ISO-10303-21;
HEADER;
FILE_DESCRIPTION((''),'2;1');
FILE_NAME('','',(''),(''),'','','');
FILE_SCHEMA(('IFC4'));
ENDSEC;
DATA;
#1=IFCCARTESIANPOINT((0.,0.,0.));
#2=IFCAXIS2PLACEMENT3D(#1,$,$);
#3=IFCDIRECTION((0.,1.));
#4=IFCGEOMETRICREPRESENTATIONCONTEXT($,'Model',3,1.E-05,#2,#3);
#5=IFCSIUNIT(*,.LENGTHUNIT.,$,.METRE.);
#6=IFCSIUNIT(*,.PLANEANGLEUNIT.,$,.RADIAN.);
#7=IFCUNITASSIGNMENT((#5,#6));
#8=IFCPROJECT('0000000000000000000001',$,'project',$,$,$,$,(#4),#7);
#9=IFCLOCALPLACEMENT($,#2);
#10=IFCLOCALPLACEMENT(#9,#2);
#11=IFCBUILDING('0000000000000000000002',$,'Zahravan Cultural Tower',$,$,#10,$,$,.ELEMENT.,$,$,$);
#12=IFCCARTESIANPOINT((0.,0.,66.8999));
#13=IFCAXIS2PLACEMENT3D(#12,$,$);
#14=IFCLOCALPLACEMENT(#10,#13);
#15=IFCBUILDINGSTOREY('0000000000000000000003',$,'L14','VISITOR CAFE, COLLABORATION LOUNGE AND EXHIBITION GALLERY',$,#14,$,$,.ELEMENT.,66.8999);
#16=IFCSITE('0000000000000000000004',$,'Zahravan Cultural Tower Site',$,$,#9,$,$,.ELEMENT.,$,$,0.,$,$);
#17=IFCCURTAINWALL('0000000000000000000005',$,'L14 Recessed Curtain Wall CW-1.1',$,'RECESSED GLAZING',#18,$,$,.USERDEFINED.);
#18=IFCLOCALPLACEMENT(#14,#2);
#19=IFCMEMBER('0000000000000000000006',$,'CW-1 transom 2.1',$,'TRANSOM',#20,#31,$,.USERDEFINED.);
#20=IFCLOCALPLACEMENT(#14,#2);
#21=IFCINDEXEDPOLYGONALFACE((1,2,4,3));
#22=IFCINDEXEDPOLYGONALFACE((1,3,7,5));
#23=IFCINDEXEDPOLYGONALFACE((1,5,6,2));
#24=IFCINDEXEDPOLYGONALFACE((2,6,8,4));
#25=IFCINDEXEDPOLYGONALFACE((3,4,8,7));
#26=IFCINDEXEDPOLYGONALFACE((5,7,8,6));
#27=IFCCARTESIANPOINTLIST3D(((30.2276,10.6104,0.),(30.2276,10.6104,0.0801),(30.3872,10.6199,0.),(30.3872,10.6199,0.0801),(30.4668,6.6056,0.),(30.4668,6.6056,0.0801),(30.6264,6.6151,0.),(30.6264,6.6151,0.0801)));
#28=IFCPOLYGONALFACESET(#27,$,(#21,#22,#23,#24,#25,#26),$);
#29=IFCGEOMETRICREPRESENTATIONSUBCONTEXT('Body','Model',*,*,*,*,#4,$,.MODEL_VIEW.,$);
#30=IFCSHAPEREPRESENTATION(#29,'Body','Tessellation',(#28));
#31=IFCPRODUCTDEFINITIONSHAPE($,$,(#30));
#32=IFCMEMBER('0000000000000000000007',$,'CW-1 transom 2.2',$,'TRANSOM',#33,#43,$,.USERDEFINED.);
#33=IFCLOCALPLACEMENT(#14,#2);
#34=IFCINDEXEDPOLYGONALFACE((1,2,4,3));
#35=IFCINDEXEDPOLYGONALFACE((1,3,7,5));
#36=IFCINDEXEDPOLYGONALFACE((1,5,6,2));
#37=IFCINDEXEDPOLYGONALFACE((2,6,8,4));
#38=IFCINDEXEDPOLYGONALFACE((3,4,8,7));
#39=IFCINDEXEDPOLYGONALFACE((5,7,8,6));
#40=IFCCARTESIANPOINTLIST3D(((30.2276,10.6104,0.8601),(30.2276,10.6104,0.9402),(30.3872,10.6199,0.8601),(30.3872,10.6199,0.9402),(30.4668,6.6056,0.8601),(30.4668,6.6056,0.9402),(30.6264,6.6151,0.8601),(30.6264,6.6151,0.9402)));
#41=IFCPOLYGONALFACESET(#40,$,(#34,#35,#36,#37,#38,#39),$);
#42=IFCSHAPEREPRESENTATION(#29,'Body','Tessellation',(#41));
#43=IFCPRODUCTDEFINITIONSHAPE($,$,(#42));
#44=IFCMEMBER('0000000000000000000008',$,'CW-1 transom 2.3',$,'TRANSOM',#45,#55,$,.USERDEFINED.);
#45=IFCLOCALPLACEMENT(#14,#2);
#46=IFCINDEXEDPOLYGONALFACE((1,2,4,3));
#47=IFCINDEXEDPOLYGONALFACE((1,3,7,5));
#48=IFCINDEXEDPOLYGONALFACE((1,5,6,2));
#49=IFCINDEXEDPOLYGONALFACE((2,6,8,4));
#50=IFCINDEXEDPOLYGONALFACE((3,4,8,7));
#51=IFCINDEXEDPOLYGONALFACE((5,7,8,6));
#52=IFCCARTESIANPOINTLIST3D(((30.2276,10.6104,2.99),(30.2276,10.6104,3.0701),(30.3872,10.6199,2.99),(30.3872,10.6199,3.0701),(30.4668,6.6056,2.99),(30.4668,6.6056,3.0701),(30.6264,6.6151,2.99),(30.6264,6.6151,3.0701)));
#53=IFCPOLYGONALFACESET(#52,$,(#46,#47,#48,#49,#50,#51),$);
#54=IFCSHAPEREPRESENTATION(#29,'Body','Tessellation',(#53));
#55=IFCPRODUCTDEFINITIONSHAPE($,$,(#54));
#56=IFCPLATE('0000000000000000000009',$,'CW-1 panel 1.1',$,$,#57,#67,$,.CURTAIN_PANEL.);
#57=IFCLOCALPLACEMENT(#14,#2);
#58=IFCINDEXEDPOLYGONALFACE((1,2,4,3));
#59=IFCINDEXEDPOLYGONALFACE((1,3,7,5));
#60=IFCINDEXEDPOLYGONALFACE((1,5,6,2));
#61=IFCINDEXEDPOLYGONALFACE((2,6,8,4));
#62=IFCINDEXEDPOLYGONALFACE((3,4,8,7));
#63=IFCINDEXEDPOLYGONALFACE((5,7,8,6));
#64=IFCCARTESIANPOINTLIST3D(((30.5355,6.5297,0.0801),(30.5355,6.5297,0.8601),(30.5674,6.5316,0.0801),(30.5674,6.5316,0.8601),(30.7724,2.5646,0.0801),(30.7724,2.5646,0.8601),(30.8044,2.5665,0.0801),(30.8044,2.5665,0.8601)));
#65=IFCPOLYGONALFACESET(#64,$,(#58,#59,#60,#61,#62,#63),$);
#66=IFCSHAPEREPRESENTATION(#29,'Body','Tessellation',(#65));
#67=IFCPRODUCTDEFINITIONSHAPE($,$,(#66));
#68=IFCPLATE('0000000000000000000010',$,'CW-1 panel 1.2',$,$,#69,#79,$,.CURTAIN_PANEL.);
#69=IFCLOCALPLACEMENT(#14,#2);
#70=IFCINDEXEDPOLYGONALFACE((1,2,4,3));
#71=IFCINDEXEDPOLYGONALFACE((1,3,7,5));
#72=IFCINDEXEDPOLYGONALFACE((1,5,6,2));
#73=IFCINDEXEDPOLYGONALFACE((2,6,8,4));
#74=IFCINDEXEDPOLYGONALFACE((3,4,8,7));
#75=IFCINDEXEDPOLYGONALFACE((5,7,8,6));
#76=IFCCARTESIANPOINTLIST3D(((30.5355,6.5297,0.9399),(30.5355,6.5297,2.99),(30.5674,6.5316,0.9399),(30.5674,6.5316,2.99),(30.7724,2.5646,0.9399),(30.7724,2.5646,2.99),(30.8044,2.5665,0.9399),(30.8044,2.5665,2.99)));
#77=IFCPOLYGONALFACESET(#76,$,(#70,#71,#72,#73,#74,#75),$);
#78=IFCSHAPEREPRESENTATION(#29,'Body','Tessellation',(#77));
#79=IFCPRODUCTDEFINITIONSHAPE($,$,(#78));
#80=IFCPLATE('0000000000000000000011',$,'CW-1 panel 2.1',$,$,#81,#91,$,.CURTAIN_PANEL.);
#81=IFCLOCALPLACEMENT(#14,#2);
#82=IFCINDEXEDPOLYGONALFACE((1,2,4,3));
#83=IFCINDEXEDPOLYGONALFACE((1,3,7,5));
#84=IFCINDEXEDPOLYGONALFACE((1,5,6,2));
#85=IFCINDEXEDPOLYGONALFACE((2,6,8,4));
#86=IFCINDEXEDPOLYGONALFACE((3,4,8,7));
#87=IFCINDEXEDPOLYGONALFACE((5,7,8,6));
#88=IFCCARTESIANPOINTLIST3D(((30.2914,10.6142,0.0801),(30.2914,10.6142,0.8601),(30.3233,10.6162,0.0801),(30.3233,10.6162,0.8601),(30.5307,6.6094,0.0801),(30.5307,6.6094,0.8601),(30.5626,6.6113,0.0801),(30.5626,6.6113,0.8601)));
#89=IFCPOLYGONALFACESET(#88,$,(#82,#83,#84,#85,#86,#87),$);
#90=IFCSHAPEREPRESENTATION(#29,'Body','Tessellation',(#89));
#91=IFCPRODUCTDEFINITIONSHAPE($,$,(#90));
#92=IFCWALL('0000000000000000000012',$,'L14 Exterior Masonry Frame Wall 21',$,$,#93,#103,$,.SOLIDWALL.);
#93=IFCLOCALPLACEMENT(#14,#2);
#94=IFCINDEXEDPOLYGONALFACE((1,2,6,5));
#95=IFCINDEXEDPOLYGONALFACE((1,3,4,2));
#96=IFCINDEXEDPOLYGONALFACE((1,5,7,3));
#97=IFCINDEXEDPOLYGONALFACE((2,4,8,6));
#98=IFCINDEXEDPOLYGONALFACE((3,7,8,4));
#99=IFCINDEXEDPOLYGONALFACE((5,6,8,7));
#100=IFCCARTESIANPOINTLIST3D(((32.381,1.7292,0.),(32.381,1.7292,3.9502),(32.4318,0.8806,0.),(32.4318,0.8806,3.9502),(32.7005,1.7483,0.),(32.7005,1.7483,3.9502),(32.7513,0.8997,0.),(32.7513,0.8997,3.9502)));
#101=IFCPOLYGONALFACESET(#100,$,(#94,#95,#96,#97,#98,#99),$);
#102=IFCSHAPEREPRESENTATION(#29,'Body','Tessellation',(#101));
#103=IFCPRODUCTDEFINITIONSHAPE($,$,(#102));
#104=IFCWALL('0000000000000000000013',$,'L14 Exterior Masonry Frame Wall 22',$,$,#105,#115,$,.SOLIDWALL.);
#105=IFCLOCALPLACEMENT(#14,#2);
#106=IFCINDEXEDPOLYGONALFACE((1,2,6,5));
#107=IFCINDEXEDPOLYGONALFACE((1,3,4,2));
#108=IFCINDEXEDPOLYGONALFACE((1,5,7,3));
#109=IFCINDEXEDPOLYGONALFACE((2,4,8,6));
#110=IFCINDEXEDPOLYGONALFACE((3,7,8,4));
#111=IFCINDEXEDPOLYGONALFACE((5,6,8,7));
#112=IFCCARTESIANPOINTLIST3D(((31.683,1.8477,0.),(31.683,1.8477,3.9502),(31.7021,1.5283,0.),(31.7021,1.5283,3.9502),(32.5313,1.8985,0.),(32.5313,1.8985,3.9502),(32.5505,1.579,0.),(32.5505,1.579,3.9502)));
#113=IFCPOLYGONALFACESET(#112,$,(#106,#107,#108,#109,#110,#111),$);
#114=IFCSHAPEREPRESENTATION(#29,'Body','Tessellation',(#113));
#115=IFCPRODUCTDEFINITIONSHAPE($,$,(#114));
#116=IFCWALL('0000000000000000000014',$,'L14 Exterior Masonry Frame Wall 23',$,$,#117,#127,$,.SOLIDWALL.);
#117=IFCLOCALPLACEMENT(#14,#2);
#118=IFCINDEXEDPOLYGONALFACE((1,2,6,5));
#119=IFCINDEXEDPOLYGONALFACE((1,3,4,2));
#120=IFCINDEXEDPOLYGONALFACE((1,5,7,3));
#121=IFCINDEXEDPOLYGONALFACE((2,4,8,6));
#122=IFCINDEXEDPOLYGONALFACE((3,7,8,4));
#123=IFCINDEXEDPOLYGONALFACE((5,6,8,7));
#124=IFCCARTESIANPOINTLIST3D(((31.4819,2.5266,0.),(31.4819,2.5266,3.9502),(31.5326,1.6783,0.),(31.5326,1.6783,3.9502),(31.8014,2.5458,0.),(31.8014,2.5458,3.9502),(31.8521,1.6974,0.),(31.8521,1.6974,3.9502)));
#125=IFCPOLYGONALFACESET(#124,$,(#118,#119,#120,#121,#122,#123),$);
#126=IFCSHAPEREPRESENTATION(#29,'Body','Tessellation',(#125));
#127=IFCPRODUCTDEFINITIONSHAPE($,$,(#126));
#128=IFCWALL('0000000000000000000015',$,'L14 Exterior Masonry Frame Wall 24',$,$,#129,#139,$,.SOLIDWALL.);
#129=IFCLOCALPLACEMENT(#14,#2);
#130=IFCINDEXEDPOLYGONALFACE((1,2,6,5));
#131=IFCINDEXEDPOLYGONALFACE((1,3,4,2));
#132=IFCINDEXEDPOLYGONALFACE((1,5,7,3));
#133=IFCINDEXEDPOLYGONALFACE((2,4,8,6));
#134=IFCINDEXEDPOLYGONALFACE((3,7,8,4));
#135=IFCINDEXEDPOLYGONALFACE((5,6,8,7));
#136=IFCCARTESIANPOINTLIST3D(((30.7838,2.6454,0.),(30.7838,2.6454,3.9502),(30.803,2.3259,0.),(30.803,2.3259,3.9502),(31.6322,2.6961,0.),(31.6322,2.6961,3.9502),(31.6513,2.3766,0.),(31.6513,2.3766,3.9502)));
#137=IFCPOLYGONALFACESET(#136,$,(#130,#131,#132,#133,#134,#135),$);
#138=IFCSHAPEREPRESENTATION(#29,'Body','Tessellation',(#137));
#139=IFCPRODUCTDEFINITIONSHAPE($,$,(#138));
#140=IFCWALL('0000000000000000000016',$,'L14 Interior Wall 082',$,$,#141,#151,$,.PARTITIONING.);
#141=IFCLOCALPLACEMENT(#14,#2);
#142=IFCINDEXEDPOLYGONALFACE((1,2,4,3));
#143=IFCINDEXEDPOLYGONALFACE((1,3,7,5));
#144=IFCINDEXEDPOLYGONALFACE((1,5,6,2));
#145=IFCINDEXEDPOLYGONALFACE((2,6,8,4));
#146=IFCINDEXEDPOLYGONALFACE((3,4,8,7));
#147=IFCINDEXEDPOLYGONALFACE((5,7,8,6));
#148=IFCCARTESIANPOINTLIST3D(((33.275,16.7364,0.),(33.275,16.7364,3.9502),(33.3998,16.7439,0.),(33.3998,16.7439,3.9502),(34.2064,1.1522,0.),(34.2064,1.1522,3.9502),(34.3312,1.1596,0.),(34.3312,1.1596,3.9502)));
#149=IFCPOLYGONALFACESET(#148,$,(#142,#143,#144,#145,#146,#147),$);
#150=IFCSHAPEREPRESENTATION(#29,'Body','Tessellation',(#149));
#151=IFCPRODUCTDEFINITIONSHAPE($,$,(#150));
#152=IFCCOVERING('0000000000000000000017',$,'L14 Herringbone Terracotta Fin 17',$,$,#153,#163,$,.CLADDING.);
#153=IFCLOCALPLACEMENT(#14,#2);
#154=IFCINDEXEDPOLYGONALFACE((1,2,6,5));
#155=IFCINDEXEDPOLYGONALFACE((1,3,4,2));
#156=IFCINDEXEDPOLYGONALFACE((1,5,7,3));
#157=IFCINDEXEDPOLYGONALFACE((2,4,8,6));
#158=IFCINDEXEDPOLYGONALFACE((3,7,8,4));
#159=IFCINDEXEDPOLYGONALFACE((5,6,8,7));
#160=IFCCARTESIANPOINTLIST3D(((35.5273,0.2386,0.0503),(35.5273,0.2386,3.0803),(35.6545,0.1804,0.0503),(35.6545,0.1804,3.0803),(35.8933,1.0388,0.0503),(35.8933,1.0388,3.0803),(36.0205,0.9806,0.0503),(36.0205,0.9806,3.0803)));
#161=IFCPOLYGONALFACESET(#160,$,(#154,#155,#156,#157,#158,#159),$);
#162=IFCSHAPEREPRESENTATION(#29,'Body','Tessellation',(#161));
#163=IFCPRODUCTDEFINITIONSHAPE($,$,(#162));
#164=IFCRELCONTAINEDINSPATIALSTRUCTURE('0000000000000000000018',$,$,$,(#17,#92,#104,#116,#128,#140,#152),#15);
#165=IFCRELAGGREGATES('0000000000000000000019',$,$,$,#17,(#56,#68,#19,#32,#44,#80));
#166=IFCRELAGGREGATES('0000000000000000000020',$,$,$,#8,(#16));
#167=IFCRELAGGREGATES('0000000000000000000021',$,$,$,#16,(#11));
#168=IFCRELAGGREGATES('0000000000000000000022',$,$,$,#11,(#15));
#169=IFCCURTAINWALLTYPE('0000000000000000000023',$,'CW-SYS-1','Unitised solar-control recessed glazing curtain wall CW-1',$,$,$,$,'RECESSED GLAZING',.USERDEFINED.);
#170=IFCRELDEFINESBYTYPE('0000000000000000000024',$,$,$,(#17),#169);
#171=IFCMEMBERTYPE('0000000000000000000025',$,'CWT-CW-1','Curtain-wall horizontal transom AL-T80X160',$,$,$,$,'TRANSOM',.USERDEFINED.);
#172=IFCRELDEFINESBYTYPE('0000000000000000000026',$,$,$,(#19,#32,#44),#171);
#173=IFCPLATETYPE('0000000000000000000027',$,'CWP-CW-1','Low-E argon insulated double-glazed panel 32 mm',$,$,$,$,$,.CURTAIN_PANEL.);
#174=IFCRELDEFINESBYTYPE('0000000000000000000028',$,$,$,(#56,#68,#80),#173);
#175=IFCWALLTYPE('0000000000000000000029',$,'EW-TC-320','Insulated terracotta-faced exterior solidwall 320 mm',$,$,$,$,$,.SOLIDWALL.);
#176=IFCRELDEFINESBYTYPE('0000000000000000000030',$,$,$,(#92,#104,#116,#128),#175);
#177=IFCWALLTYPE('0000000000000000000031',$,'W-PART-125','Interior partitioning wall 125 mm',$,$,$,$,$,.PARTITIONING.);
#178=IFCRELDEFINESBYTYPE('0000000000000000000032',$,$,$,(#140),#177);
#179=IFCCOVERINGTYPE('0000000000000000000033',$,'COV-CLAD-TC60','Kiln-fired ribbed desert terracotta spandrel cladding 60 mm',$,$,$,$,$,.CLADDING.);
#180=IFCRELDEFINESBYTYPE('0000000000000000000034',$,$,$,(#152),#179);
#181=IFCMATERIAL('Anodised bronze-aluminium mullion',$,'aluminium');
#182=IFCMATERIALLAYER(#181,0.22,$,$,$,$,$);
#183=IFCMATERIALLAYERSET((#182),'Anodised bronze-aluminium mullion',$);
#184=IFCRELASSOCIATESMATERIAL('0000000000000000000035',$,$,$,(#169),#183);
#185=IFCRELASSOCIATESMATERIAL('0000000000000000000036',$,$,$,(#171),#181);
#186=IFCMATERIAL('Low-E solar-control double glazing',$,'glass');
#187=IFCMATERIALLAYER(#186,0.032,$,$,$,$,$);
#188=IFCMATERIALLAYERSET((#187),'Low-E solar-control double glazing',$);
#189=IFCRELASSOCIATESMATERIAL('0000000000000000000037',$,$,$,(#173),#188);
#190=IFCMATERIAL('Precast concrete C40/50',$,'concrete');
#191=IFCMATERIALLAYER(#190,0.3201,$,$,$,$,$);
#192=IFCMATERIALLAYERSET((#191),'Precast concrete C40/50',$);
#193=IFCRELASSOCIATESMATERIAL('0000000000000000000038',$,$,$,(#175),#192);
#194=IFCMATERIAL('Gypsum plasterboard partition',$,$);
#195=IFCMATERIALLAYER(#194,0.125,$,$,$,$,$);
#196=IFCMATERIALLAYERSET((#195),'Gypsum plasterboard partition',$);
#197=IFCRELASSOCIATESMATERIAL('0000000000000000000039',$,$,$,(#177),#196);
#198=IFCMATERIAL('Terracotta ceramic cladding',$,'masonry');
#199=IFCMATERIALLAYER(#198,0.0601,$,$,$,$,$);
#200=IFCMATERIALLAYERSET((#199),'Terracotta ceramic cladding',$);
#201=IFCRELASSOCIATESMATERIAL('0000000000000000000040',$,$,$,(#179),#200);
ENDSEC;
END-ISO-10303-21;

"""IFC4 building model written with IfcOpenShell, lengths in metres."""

from ifc_helpers import new_model, si_unit, direction, frame, frame_2d, origin, origin_2d, place, context, subcontext, project, spatial, rectangle, extrude, source, transform, mapped, material, layer, layer_set, material_profile, profile_set, type_object, element, aggregate, save


model = new_model("IFC4")

# Units and contexts
model_context = context("Model", 3, precision=1e-05, world=origin(), true_north=direction((0.0, 1.0)))
body_context = subcontext(model_context, "Body", "Model", "MODEL_VIEW")
ifc_project = project(units=[si_unit("LENGTHUNIT", "METRE"), si_unit("PLANEANGLEUNIT", "RADIAN")], contexts=[model_context])

# Site, building, storey
site_placement = place(None, origin())
site = spatial("IfcSite", under=ifc_project, at=site_placement, Name="Zahravan Cultural Tower Site", CompositionType="ELEMENT", RefElevation=0.0)
building_placement = place(site_placement, origin())
building = spatial("IfcBuilding", under=site, at=building_placement, Name="Zahravan Cultural Tower", CompositionType="ELEMENT")
storey_placement = place(building_placement, frame((0.0, 0.0, 66.8999)))
storey = spatial("IfcBuildingStorey", under=building, at=storey_placement, Name="L14", Description="VISITOR CAFE, COLLABORATION LOUNGE AND EXHIBITION GALLERY", CompositionType="ELEMENT", Elevation=66.8999)

# Curtain wall, members, plates
ifc_material_1 = material(Name="Anodised bronze-aluminium mullion", Category="aluminium")
ifc_layer_1 = layer(ifc_material_1, 0.22)
ifc_layer_set_1 = layer_set([ifc_layer_1], Name="Anodised bronze-aluminium mullion")
curtain_wall_type = type_object("IfcCurtainWallType", Name="CW-SYS-1", Description="Unitised solar-control recessed glazing curtain wall CW-1", ElementType="RECESSED GLAZING", PredefinedType="USERDEFINED", material=ifc_layer_set_1)
curtain_wall_placement = place(storey_placement, origin())
curtain_wall = element("IfcCurtainWall", 1, at=curtain_wall_placement, inside=storey, type_object=curtain_wall_type, Name="L14 Recessed Curtain Wall CW-1.1", ObjectType="RECESSED GLAZING", PredefinedType="USERDEFINED")
ifc_material_profile_1 = material_profile(ifc_material_1, rectangle(XDim=0.1599, YDim=0.0801, at=origin_2d()), Name="AL-T80X160")
ifc_profile_set_1 = profile_set([ifc_material_profile_1], Name="Anodised bronze-aluminium mullion")
member_type_1 = type_object("IfcMemberType", Name="CWT-CW-1", Description="Curtain-wall horizontal transom AL-T80X160", ElementType="TRANSOM", PredefinedType="USERDEFINED", material=ifc_profile_set_1)
shared_shape_1 = source(origin(), body_context, "Body", "SweptSolid", [
    extrude(rectangle(XDim=0.1599, YDim=0.0801, at=origin_2d()), origin(), (0.0, 0.0, 1.0), 4.012),
])
member_1_placement = place(storey_placement, frame((30.5466, 6.6104, 0.04), z_axis=(-0.059635, 0.99822, 0.0), x_axis=(-0.99822, -0.059635, 0.0)))
member_1 = element("IfcMember", 2, at=member_1_placement, type_object=member_type_1, Name="CW-1 transom 2.1", ObjectType="TRANSOM", PredefinedType="USERDEFINED", context=body_context, shape_type="MappedRepresentation", body=[
    mapped(shared_shape_1, transform((0.0, 0.0, 0.0), x_axis=(1.0, 0.0, 0.0), y_axis=(0.0, 1.0, 0.0), z_axis=(0.0, 0.0, 1.0), scale=1.0)),
])
member_2_placement = place(storey_placement, frame((30.5466, 6.6104, 0.9001), z_axis=(-0.059635, 0.99822, 0.0), x_axis=(-0.99822, -0.059635, 0.0)))
member_2 = element("IfcMember", 3, at=member_2_placement, type_object=member_type_1, Name="CW-1 transom 2.2", ObjectType="TRANSOM", PredefinedType="USERDEFINED", context=body_context, shape_type="MappedRepresentation", body=[
    mapped(shared_shape_1, transform((0.0, 0.0, 0.0), x_axis=(1.0, 0.0, 0.0), y_axis=(0.0, 1.0, 0.0), z_axis=(0.0, 0.0, 1.0), scale=1.0)),
])
member_3_placement = place(storey_placement, frame((30.5466, 6.6104, 3.03), z_axis=(-0.059635, 0.99822, 0.0), x_axis=(-0.99822, -0.059635, 0.0)))
member_3 = element("IfcMember", 4, at=member_3_placement, type_object=member_type_1, Name="CW-1 transom 2.3", ObjectType="TRANSOM", PredefinedType="USERDEFINED", context=body_context, shape_type="MappedRepresentation", body=[
    mapped(shared_shape_1, transform((0.0, 0.0, 0.0), x_axis=(1.0, 0.0, 0.0), y_axis=(0.0, 1.0, 0.0), z_axis=(0.0, 0.0, 1.0), scale=1.0)),
])
ifc_material_2 = material(Name="Low-E solar-control double glazing", Category="glass")
ifc_layer_2 = layer(ifc_material_2, 0.032)
ifc_layer_set_2 = layer_set([ifc_layer_2], Name="Low-E solar-control double glazing")
plate_type = type_object("IfcPlateType", Name="CWP-CW-1", Description="Low-E argon insulated double-glazed panel 32 mm", PredefinedType="CURTAIN_PANEL", material=ifc_layer_set_2)
shared_shape_2 = source(origin(), body_context, "Body", "SweptSolid", [
    extrude(rectangle(XDim=3.9722, YDim=0.032, at=origin_2d()), origin(), (0.0, 0.0, 1.0), 0.78),
])
plate_1_placement = place(storey_placement, frame((30.6699, 4.5481, 0.0801), z_axis=(0.0, 0.0, 1.0), x_axis=(-0.059652, 0.998219, 0.0)))
plate_1 = element("IfcPlate", 5, at=plate_1_placement, type_object=plate_type, Name="CW-1 panel 1.1", PredefinedType="CURTAIN_PANEL", context=body_context, shape_type="MappedRepresentation", body=[
    mapped(shared_shape_2, transform((0.0, 0.0, 0.0), x_axis=(1.0, 0.0, 0.0), y_axis=(0.0, 1.0, 0.0), z_axis=(0.0, 0.0, 1.0), scale=1.0)),
])
shared_shape_3 = source(origin(), body_context, "Body", "SweptSolid", [
    extrude(rectangle(XDim=3.9722, YDim=0.032, at=origin_2d()), origin(), (0.0, 0.0, 1.0), 2.05),
])
plate_2_placement = place(storey_placement, frame((30.6699, 4.5481, 0.9399), z_axis=(0.0, 0.0, 1.0), x_axis=(-0.059652, 0.998219, 0.0)))
plate_2 = element("IfcPlate", 6, at=plate_2_placement, type_object=plate_type, Name="CW-1 panel 1.2", PredefinedType="CURTAIN_PANEL", context=body_context, shape_type="MappedRepresentation", body=[
    mapped(shared_shape_3, transform((0.0, 0.0, 0.0), x_axis=(1.0, 0.0, 0.0), y_axis=(0.0, 1.0, 0.0), z_axis=(0.0, 0.0, 1.0), scale=1.0)),
])
shared_shape_4 = source(origin(), body_context, "Body", "SweptSolid", [
    extrude(rectangle(XDim=4.012, YDim=0.032, at=origin_2d()), origin(), (0.0, 0.0, 1.0), 0.78),
])
plate_3_placement = place(storey_placement, frame((30.427, 8.6128, 0.0801), z_axis=(0.0, 0.0, 1.0), x_axis=(-0.059652, 0.998219, 0.0)))
plate_3 = element("IfcPlate", 7, at=plate_3_placement, type_object=plate_type, Name="CW-1 panel 2.1", PredefinedType="CURTAIN_PANEL", context=body_context, shape_type="MappedRepresentation", body=[
    mapped(shared_shape_4, transform((0.0, 0.0, 0.0), x_axis=(1.0, 0.0, 0.0), y_axis=(0.0, 1.0, 0.0), z_axis=(0.0, 0.0, 1.0), scale=1.0)),
])
aggregate(curtain_wall, [plate_1, plate_2, member_1, member_2, member_3, plate_3])

# Walls
ifc_material_3 = material(Name="Precast concrete C40/50", Category="concrete")
ifc_layer_3 = layer(ifc_material_3, 0.3201)
ifc_layer_set_3 = layer_set([ifc_layer_3], Name="Precast concrete C40/50")
wall_type_1 = type_object("IfcWallType", Name="EW-TC-320", Description="Insulated terracotta-faced exterior solidwall 320 mm", PredefinedType="SOLIDWALL", material=ifc_layer_set_3)
shared_shape_5 = source(origin(), body_context, "Body", "SweptSolid", [
    extrude(rectangle(XDim=0.8501, YDim=0.3201, at=frame_2d((0.425, 0.0))), origin(), (0.0, 0.0, 1.0), 3.9502),
])
wall_1_placement = place(storey_placement, frame((32.5916, 0.8901, 0.0), z_axis=(0.0, 0.0, 1.0), x_axis=(-0.059732, 0.998214, 0.0)))
element("IfcWall", 8, at=wall_1_placement, inside=storey, type_object=wall_type_1, Name="L14 Exterior Masonry Frame Wall 21", PredefinedType="SOLIDWALL", context=body_context, shape_type="MappedRepresentation", body=[
    mapped(shared_shape_5, transform((0.0, 0.0, 0.0), x_axis=(1.0, 0.0, 0.0), y_axis=(0.0, 1.0, 0.0), z_axis=(0.0, 0.0, 1.0), scale=1.0)),
])
shared_shape_6 = source(origin(), body_context, "Body", "SweptSolid", [
    extrude(rectangle(XDim=0.8499, YDim=0.3201, at=frame_2d((0.4248, 0.0))), origin(), (0.0, 0.0, 1.0), 3.9502),
])
for number, where, z_axis, x_axis, name in (
    (9, (32.5408, 1.7388, 0.0), (0.0, 0.0, 1.0), (-0.998213, -0.059749, 0.0), "L14 Exterior Masonry Frame Wall 22"),
    (10, (31.6924, 1.688, 0.0), (0.0, 0.0, 1.0), (-0.059749, 0.998213, 0.0), "L14 Exterior Masonry Frame Wall 23"),
    (11, (31.6416, 2.5364, 0.0), (0.0, 0.0, 1.0), (-0.998213, -0.059749, 0.0), "L14 Exterior Masonry Frame Wall 24"),
):
    element("IfcWall", number, at=place(storey_placement, frame(where, z_axis=z_axis, x_axis=x_axis)), inside=storey, type_object=wall_type_1, Name=name, PredefinedType="SOLIDWALL", context=body_context, shape_type="MappedRepresentation", body=[
        mapped(shared_shape_6, transform((0.0, 0.0, 0.0), x_axis=(1.0, 0.0, 0.0), y_axis=(0.0, 1.0, 0.0), z_axis=(0.0, 0.0, 1.0), scale=1.0)),
    ])
ifc_material_4 = material(Name="Gypsum plasterboard partition")
ifc_layer_4 = layer(ifc_material_4, 0.125)
ifc_layer_set_4 = layer_set([ifc_layer_4], Name="Gypsum plasterboard partition")
wall_type_2 = type_object("IfcWallType", Name="W-PART-125", Description="Interior partitioning wall 125 mm", PredefinedType="PARTITIONING", material=ifc_layer_set_4)
shared_shape_7 = source(origin(), body_context, "Body", "SweptSolid", [
    extrude(rectangle(XDim=15.6121, YDim=0.125, at=frame_2d((7.8062, 0.0))), origin(), (0.0, 0.0, 1.0), 3.9502),
])
wall_2_placement = place(storey_placement, frame((34.2688, 1.1558, 0.0), z_axis=(0.0, 0.0, 1.0), x_axis=(-0.059659, 0.998219, 0.0)))
element("IfcWall", 12, at=wall_2_placement, inside=storey, type_object=wall_type_2, Name="L14 Interior Wall 082", PredefinedType="PARTITIONING", context=body_context, shape_type="MappedRepresentation", body=[
    mapped(shared_shape_7, transform((0.0, 0.0, 0.0), x_axis=(1.0, 0.0, 0.0), y_axis=(0.0, 1.0, 0.0), z_axis=(0.0, 0.0, 1.0), scale=1.0)),
])

# Covering
ifc_material_5 = material(Name="Terracotta ceramic cladding", Category="masonry")
ifc_layer_5 = layer(ifc_material_5, 0.0601)
ifc_layer_set_5 = layer_set([ifc_layer_5], Name="Terracotta ceramic cladding")
covering_type = type_object("IfcCoveringType", Name="COV-CLAD-TC60", Description="Kiln-fired ribbed desert terracotta spandrel cladding 60 mm", PredefinedType="CLADDING", material=ifc_layer_set_5)
shared_shape_8 = source(origin(), body_context, "Body", "SweptSolid", [
    extrude(rectangle(XDim=0.8799, YDim=0.1399, at=origin_2d()), origin(), (0.0, 0.0, 1.0), 3.03),
])
covering_placement = place(storey_placement, frame((35.7739, 0.6096, 0.0503), z_axis=(0.0, 0.0, 1.0), x_axis=(-0.415963, -0.909381, 0.0)))
element("IfcCovering", 13, at=covering_placement, inside=storey, type_object=covering_type, Name="L14 Herringbone Terracotta Fin 17", PredefinedType="CLADDING", context=body_context, shape_type="MappedRepresentation", body=[
    mapped(shared_shape_8, transform((0.0, 0.0, 0.0), x_axis=(1.0, 0.0, 0.0), y_axis=(0.0, 1.0, 0.0), z_axis=(0.0, 0.0, 1.0), scale=1.0)),
])

save(model, "model.ifc")
